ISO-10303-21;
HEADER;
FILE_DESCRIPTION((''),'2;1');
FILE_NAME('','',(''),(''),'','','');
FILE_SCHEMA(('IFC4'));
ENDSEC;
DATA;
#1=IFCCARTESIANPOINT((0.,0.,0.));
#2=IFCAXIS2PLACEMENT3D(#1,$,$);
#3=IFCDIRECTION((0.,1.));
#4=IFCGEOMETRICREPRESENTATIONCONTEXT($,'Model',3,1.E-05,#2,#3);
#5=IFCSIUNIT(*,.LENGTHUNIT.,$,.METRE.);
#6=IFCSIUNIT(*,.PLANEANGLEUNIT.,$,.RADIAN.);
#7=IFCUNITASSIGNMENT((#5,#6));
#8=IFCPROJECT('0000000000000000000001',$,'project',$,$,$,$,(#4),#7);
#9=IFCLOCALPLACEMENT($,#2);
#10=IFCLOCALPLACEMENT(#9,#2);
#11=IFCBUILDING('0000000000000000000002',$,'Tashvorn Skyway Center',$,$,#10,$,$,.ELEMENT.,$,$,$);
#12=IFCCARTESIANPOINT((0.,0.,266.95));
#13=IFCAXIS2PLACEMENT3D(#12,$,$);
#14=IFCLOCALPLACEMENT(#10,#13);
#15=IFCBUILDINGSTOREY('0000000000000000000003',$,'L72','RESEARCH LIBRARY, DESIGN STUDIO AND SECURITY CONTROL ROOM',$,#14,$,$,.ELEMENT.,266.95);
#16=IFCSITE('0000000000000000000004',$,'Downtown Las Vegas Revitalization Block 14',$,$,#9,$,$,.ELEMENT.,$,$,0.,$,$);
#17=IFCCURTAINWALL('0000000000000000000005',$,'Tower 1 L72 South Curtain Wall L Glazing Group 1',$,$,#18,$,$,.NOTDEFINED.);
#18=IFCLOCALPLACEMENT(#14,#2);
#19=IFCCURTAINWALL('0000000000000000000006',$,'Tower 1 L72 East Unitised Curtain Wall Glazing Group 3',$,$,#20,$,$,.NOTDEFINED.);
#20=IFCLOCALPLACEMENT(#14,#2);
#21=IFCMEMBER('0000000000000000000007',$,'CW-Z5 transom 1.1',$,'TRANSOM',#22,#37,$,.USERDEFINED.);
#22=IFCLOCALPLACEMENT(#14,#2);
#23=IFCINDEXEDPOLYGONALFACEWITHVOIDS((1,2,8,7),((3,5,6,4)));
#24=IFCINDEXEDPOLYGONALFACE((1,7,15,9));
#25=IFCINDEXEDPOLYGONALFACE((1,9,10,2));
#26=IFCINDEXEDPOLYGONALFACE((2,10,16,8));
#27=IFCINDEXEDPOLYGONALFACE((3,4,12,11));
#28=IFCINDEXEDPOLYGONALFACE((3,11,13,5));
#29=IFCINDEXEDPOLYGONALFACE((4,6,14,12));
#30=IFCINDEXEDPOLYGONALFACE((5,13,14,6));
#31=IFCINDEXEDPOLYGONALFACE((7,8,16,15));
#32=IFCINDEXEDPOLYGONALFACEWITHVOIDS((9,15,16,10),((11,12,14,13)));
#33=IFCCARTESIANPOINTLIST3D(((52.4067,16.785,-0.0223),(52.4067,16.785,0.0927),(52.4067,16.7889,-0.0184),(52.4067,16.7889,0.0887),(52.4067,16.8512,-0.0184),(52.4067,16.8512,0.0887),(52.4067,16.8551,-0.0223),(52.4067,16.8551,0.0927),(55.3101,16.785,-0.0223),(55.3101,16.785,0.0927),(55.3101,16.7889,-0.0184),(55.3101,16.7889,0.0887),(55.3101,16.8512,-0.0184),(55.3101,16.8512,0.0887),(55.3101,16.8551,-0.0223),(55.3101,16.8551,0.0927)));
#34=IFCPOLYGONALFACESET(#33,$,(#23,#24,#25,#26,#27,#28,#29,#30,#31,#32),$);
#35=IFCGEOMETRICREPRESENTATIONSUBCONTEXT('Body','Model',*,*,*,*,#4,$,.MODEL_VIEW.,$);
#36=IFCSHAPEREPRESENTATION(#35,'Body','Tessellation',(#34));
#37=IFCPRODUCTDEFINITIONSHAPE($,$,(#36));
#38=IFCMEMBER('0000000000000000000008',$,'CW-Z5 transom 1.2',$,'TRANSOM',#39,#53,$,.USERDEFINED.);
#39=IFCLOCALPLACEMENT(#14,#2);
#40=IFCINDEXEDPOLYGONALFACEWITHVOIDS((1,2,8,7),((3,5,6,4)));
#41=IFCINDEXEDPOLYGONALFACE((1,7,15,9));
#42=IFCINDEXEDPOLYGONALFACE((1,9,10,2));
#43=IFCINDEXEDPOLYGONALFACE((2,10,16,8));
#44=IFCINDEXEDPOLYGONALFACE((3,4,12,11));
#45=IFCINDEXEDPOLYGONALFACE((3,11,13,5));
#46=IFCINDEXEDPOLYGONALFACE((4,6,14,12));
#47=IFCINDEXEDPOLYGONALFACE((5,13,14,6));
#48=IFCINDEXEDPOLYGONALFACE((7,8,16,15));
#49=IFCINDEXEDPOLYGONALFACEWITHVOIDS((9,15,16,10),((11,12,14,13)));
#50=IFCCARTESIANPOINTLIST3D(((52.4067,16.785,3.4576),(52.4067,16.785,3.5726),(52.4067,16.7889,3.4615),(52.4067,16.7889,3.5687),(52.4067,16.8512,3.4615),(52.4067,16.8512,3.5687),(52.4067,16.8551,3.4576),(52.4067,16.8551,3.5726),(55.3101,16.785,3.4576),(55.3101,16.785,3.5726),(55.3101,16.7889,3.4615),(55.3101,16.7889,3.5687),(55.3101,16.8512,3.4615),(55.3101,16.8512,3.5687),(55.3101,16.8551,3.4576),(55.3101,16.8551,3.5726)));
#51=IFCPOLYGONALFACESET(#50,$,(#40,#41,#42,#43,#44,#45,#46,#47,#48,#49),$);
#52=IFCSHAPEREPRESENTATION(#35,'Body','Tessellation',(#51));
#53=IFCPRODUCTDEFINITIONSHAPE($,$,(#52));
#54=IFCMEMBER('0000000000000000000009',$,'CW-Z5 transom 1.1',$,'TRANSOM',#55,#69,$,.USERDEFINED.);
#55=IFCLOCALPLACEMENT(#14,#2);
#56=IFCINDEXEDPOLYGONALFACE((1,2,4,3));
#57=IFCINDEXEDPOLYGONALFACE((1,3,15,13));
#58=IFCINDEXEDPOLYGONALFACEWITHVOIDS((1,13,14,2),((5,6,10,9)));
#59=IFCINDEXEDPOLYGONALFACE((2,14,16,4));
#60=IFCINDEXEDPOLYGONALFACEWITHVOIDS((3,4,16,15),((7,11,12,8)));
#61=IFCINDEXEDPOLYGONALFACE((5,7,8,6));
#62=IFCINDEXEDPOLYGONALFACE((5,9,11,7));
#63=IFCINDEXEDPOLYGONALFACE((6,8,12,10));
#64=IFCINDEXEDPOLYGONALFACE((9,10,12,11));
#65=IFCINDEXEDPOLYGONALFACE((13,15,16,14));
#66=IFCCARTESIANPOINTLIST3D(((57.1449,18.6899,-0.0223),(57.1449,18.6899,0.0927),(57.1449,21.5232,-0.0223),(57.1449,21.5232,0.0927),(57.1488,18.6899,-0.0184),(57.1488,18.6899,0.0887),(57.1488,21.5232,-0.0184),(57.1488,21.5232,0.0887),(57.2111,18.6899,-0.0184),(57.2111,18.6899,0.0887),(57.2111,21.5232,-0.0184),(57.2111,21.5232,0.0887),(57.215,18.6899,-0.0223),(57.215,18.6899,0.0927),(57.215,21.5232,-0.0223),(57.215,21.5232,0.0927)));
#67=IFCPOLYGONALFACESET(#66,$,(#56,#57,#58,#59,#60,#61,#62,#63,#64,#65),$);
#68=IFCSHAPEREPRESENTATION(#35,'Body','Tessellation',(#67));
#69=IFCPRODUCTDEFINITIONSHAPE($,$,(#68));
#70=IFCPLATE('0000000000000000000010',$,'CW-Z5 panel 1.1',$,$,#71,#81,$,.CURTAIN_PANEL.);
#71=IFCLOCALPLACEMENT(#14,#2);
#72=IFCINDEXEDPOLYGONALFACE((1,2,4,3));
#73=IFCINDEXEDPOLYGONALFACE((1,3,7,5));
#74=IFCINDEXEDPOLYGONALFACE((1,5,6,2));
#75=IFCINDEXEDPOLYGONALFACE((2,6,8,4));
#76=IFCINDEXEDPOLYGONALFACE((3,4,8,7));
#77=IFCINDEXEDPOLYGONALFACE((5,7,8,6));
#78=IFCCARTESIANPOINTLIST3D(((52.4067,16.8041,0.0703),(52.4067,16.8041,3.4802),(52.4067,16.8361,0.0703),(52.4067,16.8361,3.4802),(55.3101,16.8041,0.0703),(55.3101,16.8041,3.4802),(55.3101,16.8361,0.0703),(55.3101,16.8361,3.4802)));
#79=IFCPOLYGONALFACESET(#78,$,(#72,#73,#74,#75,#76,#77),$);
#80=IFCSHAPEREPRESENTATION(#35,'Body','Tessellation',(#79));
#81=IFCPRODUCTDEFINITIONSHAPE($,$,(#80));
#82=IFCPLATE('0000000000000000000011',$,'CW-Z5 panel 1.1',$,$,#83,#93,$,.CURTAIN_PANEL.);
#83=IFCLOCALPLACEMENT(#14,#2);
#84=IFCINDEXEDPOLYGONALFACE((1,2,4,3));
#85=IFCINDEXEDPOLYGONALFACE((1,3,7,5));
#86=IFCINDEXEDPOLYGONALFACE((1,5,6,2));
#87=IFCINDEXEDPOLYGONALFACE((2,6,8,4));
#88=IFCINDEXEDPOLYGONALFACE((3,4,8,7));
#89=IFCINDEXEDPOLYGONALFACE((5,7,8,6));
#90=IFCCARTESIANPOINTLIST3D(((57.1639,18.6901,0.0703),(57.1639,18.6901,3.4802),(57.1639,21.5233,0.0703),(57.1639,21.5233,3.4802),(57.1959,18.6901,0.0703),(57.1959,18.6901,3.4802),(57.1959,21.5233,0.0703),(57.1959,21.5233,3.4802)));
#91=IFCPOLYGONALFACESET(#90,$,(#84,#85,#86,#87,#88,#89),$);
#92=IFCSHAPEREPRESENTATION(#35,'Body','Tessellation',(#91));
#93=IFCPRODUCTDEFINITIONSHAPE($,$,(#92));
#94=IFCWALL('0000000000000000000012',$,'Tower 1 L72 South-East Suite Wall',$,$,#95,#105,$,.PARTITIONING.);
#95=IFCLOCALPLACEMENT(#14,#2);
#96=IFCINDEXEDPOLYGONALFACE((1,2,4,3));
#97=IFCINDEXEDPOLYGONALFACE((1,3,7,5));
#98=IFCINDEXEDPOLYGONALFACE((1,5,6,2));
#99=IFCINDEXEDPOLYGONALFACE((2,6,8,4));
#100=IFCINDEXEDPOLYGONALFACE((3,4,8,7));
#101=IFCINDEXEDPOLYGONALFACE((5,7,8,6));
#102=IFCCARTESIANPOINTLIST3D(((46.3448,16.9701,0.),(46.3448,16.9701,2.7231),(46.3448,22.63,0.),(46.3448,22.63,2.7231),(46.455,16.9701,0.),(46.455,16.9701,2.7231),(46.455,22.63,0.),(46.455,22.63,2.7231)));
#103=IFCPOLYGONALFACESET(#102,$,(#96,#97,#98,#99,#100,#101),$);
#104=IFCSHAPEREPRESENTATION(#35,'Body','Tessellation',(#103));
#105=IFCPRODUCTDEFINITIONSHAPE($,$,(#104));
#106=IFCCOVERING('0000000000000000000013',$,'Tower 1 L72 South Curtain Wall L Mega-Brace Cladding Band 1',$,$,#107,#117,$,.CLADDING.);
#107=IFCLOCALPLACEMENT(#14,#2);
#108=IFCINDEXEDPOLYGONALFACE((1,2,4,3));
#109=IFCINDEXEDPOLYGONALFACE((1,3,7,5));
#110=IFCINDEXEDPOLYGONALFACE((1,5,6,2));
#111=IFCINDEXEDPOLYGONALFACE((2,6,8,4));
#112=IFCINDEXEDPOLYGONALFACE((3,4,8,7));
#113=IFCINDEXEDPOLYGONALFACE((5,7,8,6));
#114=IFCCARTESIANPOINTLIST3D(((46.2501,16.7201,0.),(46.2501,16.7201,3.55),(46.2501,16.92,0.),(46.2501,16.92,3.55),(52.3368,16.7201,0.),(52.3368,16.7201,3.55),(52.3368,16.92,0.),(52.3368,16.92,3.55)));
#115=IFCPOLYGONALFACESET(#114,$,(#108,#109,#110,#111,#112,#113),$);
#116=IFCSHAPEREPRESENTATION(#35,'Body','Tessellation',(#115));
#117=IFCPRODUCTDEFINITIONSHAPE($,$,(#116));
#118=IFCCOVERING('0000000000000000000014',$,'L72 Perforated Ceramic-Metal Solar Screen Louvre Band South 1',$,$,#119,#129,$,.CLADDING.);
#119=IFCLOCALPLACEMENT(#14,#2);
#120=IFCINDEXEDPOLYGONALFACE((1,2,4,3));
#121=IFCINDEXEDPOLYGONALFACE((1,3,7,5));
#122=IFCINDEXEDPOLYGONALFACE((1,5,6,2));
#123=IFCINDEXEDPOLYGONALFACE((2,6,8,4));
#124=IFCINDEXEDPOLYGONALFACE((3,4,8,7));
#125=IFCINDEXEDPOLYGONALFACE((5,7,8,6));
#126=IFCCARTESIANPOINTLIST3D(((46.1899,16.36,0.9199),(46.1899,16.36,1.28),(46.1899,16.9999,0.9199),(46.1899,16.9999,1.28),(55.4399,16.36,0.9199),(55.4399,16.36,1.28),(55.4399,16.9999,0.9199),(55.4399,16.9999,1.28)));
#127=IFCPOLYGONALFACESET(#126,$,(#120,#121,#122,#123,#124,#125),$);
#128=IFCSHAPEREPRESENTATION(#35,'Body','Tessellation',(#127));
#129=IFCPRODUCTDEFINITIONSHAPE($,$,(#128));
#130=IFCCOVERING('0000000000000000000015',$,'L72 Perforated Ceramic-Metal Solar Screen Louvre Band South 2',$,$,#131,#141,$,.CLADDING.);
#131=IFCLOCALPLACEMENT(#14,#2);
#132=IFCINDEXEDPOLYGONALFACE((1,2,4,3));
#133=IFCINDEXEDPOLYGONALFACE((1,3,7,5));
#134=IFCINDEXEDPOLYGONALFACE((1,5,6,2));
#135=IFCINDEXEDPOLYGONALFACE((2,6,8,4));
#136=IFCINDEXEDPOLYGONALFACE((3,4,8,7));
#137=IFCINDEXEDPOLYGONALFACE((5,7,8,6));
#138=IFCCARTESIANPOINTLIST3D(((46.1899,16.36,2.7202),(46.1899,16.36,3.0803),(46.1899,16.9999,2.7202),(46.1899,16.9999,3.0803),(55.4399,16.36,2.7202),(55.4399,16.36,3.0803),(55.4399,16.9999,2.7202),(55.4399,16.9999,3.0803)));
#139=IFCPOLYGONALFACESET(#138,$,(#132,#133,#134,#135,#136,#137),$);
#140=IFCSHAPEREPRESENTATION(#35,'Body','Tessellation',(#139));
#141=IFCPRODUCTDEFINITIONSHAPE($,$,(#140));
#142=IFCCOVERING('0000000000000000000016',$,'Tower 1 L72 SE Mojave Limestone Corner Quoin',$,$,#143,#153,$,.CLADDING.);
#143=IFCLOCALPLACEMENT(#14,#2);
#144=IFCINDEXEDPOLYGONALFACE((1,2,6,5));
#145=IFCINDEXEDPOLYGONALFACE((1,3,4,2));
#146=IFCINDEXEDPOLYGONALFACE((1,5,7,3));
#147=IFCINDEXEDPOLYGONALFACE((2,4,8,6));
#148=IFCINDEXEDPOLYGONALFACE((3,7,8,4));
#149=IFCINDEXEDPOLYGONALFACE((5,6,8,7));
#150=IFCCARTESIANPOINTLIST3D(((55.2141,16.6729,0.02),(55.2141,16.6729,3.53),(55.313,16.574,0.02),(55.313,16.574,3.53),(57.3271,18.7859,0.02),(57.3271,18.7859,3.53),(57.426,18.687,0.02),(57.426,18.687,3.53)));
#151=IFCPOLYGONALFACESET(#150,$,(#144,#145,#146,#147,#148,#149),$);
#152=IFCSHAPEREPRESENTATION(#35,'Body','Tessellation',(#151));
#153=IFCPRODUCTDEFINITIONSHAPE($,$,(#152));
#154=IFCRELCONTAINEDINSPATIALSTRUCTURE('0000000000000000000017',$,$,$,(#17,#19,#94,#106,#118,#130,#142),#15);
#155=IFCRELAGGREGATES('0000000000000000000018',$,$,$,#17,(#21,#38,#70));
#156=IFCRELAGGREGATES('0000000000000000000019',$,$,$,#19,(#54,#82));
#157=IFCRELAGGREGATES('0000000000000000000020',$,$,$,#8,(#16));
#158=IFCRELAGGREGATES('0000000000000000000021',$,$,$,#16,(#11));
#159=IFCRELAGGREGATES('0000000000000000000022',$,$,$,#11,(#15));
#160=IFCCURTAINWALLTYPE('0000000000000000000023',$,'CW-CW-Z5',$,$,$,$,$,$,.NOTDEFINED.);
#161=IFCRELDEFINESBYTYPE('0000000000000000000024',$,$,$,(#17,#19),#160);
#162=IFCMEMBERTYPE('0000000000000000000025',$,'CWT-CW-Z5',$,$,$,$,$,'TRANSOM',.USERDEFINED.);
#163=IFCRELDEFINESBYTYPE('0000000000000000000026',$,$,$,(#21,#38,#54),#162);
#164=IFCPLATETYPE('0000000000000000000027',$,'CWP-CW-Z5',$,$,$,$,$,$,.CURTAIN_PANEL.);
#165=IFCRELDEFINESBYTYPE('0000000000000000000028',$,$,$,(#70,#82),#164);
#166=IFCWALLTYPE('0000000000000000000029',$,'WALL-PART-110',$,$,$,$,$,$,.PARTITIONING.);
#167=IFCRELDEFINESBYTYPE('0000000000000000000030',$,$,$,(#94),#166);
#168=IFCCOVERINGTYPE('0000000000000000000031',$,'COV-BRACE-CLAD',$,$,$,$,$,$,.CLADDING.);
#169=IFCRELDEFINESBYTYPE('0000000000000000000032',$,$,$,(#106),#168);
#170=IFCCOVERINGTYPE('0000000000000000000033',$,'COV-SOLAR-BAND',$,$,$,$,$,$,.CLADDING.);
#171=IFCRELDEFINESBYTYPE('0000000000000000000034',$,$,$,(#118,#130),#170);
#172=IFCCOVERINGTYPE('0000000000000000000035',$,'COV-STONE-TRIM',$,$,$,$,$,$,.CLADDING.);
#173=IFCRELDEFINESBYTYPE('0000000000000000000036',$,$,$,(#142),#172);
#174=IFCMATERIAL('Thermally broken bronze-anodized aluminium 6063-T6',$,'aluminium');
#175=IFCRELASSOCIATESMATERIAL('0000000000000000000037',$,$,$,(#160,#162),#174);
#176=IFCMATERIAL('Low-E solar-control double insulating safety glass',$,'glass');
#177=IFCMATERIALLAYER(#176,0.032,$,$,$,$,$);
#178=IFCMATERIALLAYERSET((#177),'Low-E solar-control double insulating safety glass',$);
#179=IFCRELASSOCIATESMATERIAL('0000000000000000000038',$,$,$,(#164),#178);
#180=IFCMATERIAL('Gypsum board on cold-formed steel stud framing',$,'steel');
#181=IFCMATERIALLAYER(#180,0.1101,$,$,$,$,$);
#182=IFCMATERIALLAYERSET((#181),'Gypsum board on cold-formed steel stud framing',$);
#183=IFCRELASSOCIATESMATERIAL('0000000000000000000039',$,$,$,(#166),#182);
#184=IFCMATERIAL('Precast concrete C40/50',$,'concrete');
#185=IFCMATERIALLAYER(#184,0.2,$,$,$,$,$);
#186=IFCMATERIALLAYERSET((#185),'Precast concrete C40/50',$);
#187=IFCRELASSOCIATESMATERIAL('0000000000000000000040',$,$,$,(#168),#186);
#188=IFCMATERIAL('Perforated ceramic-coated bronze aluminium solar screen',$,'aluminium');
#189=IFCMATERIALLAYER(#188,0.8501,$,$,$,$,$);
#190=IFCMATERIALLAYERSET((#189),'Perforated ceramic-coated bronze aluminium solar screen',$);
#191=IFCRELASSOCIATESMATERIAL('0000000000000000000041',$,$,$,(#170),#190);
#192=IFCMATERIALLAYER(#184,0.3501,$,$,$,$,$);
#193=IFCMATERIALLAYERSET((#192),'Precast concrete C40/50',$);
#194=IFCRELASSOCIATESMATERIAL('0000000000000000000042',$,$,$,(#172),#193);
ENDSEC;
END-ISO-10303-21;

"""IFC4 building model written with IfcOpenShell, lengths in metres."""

from ifc_helpers import new_model, si_unit, direction, frame, frame_2d, origin, origin_2d, place, context, subcontext, project, spatial, rectangle, hollow_rectangle, extrude, material, layer, layer_set, material_profile, profile_set, type_object, element, aggregate, save


model = new_model("IFC4")

# Units and contexts
model_context = context("Model", 3, precision=1e-05, world=origin(), true_north=direction((0.0, 1.0)))
body_context = subcontext(model_context, "Body", "Model", "MODEL_VIEW")
ifc_project = project(units=[si_unit("LENGTHUNIT", "METRE"), si_unit("PLANEANGLEUNIT", "RADIAN")], contexts=[model_context])

# Site, building, storey
site_placement = place(None, origin())
site = spatial("IfcSite", under=ifc_project, at=site_placement, Name="Downtown Las Vegas Revitalization Block 14", CompositionType="ELEMENT", RefElevation=0.0)
building_placement = place(site_placement, origin())
building = spatial("IfcBuilding", under=site, at=building_placement, Name="Tashvorn Skyway Center", CompositionType="ELEMENT")
storey_placement = place(building_placement, frame((0.0, 0.0, 266.95)))
storey = spatial("IfcBuildingStorey", under=building, at=storey_placement, Name="L72", Description="RESEARCH LIBRARY, DESIGN STUDIO AND SECURITY CONTROL ROOM", CompositionType="ELEMENT", Elevation=266.95)

# Curtain wall
ifc_material_1 = material(Name="Thermally broken bronze-anodized aluminium 6063-T6", Category="aluminium")
curtain_wall_type = type_object("IfcCurtainWallType", Name="CW-CW-Z5", PredefinedType="NOTDEFINED", material=ifc_material_1)
curtain_wall_1_placement = place(storey_placement, origin())
curtain_wall_1 = element("IfcCurtainWall", 1, at=curtain_wall_1_placement, inside=storey, type_object=curtain_wall_type, Name="Tower 1 L72 South Curtain Wall L Glazing Group 1", PredefinedType="NOTDEFINED")

# Curtain wall
curtain_wall_2_placement = place(storey_placement, origin())
curtain_wall_2 = element("IfcCurtainWall", 2, at=curtain_wall_2_placement, inside=storey, type_object=curtain_wall_type, Name="Tower 1 L72 East Unitised Curtain Wall Glazing Group 3", PredefinedType="NOTDEFINED")

# Members
ifc_material_profile_1 = material_profile(ifc_material_1, hollow_rectangle(XDim=0.0701, YDim=0.115, WallThickness=0.0039, at=origin_2d()), Name="ALU-TRAN-70x115")
ifc_profile_set_1 = profile_set([ifc_material_profile_1], Name="Thermally broken bronze-anodized aluminium 6063-T6")
member_type_1 = type_object("IfcMemberType", Name="CWT-CW-Z5", ElementType="TRANSOM", PredefinedType="USERDEFINED", material=ifc_profile_set_1)
member_1_placement = place(storey_placement, frame((55.3101, 16.8201, 0.0352), z_axis=(-1.0, 0.0, 0.0), x_axis=(0.0, -1.0, 0.0)))
member_1 = element("IfcMember", 3, at=member_1_placement, type_object=member_type_1, Name="CW-Z5 transom 1.1", ObjectType="TRANSOM", PredefinedType="USERDEFINED", context=body_context, shape_type="SweptSolid", body=[
    extrude(hollow_rectangle(XDim=0.0701, YDim=0.115, WallThickness=0.0039, at=origin_2d()), origin(), (0.0, 0.0, 1.0), 2.9033),
])
member_2_placement = place(storey_placement, frame((55.3101, 16.8201, 3.5151), z_axis=(-1.0, 0.0, 0.0), x_axis=(0.0, -1.0, 0.0)))
member_2 = element("IfcMember", 4, at=member_2_placement, type_object=member_type_1, Name="CW-Z5 transom 1.2", ObjectType="TRANSOM", PredefinedType="USERDEFINED", context=body_context, shape_type="SweptSolid", body=[
    extrude(hollow_rectangle(XDim=0.0701, YDim=0.115, WallThickness=0.0039, at=origin_2d()), origin(), (0.0, 0.0, 1.0), 2.9033),
])
member_3_placement = place(storey_placement, frame((57.1799, 21.5232, 0.0352), z_axis=(0.0, -1.0, 0.0), x_axis=(1.0, 0.0, 0.0)))
member_3 = element("IfcMember", 5, at=member_3_placement, type_object=member_type_1, Name="CW-Z5 transom 1.1", ObjectType="TRANSOM", PredefinedType="USERDEFINED", context=body_context, shape_type="SweptSolid", body=[
    extrude(hollow_rectangle(XDim=0.0701, YDim=0.115, WallThickness=0.0039, at=origin_2d()), origin(), (0.0, 0.0, 1.0), 2.8333),
])

# Plates
ifc_material_2 = material(Name="Low-E solar-control double insulating safety glass", Category="glass")
ifc_layer_1 = layer(ifc_material_2, 0.032)
ifc_layer_set_1 = layer_set([ifc_layer_1], Name="Low-E solar-control double insulating safety glass")
plate_type = type_object("IfcPlateType", Name="CWP-CW-Z5", PredefinedType="CURTAIN_PANEL", material=ifc_layer_set_1)
plate_1_placement = place(storey_placement, frame((53.8584, 16.8201, 0.0703), z_axis=(0.0, 0.0, 1.0), x_axis=(-1.0, 0.0, 0.0)))
plate_1 = element("IfcPlate", 6, at=plate_1_placement, type_object=plate_type, Name="CW-Z5 panel 1.1", PredefinedType="CURTAIN_PANEL", context=body_context, shape_type="SweptSolid", body=[
    extrude(rectangle(XDim=2.9033, YDim=0.032, at=origin_2d()), origin(), (0.0, 0.0, 1.0), 3.4099),
])
aggregate(curtain_wall_1, [member_1, member_2, plate_1])
plate_2_placement = place(storey_placement, frame((57.1799, 20.1067, 0.0703), z_axis=(0.0, 0.0, 1.0), x_axis=(0.0, -1.0, 0.0)))
plate_2 = element("IfcPlate", 7, at=plate_2_placement, type_object=plate_type, Name="CW-Z5 panel 1.1", PredefinedType="CURTAIN_PANEL", context=body_context, shape_type="SweptSolid", body=[
    extrude(rectangle(XDim=2.8333, YDim=0.032, at=origin_2d()), origin(), (0.0, 0.0, 1.0), 3.4099),
])
aggregate(curtain_wall_2, [member_3, plate_2])

# Wall
ifc_material_3 = material(Name="Gypsum board on cold-formed steel stud framing", Category="steel")
ifc_layer_2 = layer(ifc_material_3, 0.1101)
ifc_layer_set_2 = layer_set([ifc_layer_2], Name="Gypsum board on cold-formed steel stud framing")
wall_type = type_object("IfcWallType", Name="WALL-PART-110", PredefinedType="PARTITIONING", material=ifc_layer_set_2)
wall_placement = place(storey_placement, frame((46.3999, 16.97, 0.0), z_axis=(0.0, 0.0, 1.0), x_axis=(0.0, 1.0, 0.0)))
element("IfcWall", 8, at=wall_placement, inside=storey, type_object=wall_type, Name="Tower 1 L72 South-East Suite Wall", PredefinedType="PARTITIONING", context=body_context, shape_type="SweptSolid", body=[
    extrude(rectangle(XDim=5.6599, YDim=0.1101, at=frame_2d((2.8301, 0.0))), origin(), (0.0, 0.0, 1.0), 2.7231),
])

# Coverings
ifc_material_4 = material(Name="Precast concrete C40/50", Category="concrete")
ifc_layer_3 = layer(ifc_material_4, 0.2)
ifc_layer_set_3 = layer_set([ifc_layer_3], Name="Precast concrete C40/50")
covering_type_1 = type_object("IfcCoveringType", Name="COV-BRACE-CLAD", PredefinedType="CLADDING", material=ifc_layer_set_3)
covering_1_placement = place(storey_placement, frame((49.2935, 16.8201, 0.0), z_axis=(0.0, 0.0, 1.0), x_axis=(-1.0, 0.0, 0.0)))
element("IfcCovering", 9, at=covering_1_placement, inside=storey, type_object=covering_type_1, Name="Tower 1 L72 South Curtain Wall L Mega-Brace Cladding Band 1", PredefinedType="CLADDING", context=body_context, shape_type="SweptSolid", body=[
    extrude(rectangle(XDim=6.0867, YDim=0.2, at=origin_2d()), origin(), (0.0, 0.0, 1.0), 3.55),
])
ifc_material_5 = material(Name="Perforated ceramic-coated bronze aluminium solar screen", Category="aluminium")
ifc_layer_4 = layer(ifc_material_5, 0.8501)
ifc_layer_set_4 = layer_set([ifc_layer_4], Name="Perforated ceramic-coated bronze aluminium solar screen")
covering_type_2 = type_object("IfcCoveringType", Name="COV-SOLAR-BAND", PredefinedType="CLADDING", material=ifc_layer_set_4)
for number, where, z_axis, x_axis, name in (
    (10, (50.8149, 16.6799, 0.9199), (0.0, 0.0, 1.0), (-1.0, 0.0, 0.0), "L72 Perforated Ceramic-Metal Solar Screen Louvre Band South 1"),
    (11, (50.8149, 16.6799, 2.7202), (0.0, 0.0, 1.0), (-1.0, 0.0, 0.0), "L72 Perforated Ceramic-Metal Solar Screen Louvre Band South 2"),
):
    element("IfcCovering", number, at=place(storey_placement, frame(where, z_axis=z_axis, x_axis=x_axis)), inside=storey, type_object=covering_type_2, Name=name, PredefinedType="CLADDING", context=body_context, shape_type="SweptSolid", body=[
        extrude(rectangle(XDim=9.25, YDim=0.6399, at=origin_2d()), origin(), (0.0, 0.0, 1.0), 0.3601),
    ])
ifc_layer_5 = layer(ifc_material_4, 0.3501)
ifc_layer_set_5 = layer_set([ifc_layer_5], Name="Precast concrete C40/50")
covering_type_3 = type_object("IfcCoveringType", Name="COV-STONE-TRIM", PredefinedType="CLADDING", material=ifc_layer_set_5)
covering_2_placement = place(storey_placement, frame((56.3201, 17.6799, 0.02), z_axis=(0.0, 0.0, 1.0), x_axis=(0.707107, 0.707107, 0.0)))
element("IfcCovering", 12, at=covering_2_placement, inside=storey, type_object=covering_type_3, Name="Tower 1 L72 SE Mojave Limestone Corner Quoin", PredefinedType="CLADDING", context=body_context, shape_type="SweptSolid", body=[
    extrude(rectangle(XDim=2.9883, YDim=0.1399, at=origin_2d()), origin(), (0.0, 0.0, 1.0), 3.51),
])

save(model, "model.ifc")
